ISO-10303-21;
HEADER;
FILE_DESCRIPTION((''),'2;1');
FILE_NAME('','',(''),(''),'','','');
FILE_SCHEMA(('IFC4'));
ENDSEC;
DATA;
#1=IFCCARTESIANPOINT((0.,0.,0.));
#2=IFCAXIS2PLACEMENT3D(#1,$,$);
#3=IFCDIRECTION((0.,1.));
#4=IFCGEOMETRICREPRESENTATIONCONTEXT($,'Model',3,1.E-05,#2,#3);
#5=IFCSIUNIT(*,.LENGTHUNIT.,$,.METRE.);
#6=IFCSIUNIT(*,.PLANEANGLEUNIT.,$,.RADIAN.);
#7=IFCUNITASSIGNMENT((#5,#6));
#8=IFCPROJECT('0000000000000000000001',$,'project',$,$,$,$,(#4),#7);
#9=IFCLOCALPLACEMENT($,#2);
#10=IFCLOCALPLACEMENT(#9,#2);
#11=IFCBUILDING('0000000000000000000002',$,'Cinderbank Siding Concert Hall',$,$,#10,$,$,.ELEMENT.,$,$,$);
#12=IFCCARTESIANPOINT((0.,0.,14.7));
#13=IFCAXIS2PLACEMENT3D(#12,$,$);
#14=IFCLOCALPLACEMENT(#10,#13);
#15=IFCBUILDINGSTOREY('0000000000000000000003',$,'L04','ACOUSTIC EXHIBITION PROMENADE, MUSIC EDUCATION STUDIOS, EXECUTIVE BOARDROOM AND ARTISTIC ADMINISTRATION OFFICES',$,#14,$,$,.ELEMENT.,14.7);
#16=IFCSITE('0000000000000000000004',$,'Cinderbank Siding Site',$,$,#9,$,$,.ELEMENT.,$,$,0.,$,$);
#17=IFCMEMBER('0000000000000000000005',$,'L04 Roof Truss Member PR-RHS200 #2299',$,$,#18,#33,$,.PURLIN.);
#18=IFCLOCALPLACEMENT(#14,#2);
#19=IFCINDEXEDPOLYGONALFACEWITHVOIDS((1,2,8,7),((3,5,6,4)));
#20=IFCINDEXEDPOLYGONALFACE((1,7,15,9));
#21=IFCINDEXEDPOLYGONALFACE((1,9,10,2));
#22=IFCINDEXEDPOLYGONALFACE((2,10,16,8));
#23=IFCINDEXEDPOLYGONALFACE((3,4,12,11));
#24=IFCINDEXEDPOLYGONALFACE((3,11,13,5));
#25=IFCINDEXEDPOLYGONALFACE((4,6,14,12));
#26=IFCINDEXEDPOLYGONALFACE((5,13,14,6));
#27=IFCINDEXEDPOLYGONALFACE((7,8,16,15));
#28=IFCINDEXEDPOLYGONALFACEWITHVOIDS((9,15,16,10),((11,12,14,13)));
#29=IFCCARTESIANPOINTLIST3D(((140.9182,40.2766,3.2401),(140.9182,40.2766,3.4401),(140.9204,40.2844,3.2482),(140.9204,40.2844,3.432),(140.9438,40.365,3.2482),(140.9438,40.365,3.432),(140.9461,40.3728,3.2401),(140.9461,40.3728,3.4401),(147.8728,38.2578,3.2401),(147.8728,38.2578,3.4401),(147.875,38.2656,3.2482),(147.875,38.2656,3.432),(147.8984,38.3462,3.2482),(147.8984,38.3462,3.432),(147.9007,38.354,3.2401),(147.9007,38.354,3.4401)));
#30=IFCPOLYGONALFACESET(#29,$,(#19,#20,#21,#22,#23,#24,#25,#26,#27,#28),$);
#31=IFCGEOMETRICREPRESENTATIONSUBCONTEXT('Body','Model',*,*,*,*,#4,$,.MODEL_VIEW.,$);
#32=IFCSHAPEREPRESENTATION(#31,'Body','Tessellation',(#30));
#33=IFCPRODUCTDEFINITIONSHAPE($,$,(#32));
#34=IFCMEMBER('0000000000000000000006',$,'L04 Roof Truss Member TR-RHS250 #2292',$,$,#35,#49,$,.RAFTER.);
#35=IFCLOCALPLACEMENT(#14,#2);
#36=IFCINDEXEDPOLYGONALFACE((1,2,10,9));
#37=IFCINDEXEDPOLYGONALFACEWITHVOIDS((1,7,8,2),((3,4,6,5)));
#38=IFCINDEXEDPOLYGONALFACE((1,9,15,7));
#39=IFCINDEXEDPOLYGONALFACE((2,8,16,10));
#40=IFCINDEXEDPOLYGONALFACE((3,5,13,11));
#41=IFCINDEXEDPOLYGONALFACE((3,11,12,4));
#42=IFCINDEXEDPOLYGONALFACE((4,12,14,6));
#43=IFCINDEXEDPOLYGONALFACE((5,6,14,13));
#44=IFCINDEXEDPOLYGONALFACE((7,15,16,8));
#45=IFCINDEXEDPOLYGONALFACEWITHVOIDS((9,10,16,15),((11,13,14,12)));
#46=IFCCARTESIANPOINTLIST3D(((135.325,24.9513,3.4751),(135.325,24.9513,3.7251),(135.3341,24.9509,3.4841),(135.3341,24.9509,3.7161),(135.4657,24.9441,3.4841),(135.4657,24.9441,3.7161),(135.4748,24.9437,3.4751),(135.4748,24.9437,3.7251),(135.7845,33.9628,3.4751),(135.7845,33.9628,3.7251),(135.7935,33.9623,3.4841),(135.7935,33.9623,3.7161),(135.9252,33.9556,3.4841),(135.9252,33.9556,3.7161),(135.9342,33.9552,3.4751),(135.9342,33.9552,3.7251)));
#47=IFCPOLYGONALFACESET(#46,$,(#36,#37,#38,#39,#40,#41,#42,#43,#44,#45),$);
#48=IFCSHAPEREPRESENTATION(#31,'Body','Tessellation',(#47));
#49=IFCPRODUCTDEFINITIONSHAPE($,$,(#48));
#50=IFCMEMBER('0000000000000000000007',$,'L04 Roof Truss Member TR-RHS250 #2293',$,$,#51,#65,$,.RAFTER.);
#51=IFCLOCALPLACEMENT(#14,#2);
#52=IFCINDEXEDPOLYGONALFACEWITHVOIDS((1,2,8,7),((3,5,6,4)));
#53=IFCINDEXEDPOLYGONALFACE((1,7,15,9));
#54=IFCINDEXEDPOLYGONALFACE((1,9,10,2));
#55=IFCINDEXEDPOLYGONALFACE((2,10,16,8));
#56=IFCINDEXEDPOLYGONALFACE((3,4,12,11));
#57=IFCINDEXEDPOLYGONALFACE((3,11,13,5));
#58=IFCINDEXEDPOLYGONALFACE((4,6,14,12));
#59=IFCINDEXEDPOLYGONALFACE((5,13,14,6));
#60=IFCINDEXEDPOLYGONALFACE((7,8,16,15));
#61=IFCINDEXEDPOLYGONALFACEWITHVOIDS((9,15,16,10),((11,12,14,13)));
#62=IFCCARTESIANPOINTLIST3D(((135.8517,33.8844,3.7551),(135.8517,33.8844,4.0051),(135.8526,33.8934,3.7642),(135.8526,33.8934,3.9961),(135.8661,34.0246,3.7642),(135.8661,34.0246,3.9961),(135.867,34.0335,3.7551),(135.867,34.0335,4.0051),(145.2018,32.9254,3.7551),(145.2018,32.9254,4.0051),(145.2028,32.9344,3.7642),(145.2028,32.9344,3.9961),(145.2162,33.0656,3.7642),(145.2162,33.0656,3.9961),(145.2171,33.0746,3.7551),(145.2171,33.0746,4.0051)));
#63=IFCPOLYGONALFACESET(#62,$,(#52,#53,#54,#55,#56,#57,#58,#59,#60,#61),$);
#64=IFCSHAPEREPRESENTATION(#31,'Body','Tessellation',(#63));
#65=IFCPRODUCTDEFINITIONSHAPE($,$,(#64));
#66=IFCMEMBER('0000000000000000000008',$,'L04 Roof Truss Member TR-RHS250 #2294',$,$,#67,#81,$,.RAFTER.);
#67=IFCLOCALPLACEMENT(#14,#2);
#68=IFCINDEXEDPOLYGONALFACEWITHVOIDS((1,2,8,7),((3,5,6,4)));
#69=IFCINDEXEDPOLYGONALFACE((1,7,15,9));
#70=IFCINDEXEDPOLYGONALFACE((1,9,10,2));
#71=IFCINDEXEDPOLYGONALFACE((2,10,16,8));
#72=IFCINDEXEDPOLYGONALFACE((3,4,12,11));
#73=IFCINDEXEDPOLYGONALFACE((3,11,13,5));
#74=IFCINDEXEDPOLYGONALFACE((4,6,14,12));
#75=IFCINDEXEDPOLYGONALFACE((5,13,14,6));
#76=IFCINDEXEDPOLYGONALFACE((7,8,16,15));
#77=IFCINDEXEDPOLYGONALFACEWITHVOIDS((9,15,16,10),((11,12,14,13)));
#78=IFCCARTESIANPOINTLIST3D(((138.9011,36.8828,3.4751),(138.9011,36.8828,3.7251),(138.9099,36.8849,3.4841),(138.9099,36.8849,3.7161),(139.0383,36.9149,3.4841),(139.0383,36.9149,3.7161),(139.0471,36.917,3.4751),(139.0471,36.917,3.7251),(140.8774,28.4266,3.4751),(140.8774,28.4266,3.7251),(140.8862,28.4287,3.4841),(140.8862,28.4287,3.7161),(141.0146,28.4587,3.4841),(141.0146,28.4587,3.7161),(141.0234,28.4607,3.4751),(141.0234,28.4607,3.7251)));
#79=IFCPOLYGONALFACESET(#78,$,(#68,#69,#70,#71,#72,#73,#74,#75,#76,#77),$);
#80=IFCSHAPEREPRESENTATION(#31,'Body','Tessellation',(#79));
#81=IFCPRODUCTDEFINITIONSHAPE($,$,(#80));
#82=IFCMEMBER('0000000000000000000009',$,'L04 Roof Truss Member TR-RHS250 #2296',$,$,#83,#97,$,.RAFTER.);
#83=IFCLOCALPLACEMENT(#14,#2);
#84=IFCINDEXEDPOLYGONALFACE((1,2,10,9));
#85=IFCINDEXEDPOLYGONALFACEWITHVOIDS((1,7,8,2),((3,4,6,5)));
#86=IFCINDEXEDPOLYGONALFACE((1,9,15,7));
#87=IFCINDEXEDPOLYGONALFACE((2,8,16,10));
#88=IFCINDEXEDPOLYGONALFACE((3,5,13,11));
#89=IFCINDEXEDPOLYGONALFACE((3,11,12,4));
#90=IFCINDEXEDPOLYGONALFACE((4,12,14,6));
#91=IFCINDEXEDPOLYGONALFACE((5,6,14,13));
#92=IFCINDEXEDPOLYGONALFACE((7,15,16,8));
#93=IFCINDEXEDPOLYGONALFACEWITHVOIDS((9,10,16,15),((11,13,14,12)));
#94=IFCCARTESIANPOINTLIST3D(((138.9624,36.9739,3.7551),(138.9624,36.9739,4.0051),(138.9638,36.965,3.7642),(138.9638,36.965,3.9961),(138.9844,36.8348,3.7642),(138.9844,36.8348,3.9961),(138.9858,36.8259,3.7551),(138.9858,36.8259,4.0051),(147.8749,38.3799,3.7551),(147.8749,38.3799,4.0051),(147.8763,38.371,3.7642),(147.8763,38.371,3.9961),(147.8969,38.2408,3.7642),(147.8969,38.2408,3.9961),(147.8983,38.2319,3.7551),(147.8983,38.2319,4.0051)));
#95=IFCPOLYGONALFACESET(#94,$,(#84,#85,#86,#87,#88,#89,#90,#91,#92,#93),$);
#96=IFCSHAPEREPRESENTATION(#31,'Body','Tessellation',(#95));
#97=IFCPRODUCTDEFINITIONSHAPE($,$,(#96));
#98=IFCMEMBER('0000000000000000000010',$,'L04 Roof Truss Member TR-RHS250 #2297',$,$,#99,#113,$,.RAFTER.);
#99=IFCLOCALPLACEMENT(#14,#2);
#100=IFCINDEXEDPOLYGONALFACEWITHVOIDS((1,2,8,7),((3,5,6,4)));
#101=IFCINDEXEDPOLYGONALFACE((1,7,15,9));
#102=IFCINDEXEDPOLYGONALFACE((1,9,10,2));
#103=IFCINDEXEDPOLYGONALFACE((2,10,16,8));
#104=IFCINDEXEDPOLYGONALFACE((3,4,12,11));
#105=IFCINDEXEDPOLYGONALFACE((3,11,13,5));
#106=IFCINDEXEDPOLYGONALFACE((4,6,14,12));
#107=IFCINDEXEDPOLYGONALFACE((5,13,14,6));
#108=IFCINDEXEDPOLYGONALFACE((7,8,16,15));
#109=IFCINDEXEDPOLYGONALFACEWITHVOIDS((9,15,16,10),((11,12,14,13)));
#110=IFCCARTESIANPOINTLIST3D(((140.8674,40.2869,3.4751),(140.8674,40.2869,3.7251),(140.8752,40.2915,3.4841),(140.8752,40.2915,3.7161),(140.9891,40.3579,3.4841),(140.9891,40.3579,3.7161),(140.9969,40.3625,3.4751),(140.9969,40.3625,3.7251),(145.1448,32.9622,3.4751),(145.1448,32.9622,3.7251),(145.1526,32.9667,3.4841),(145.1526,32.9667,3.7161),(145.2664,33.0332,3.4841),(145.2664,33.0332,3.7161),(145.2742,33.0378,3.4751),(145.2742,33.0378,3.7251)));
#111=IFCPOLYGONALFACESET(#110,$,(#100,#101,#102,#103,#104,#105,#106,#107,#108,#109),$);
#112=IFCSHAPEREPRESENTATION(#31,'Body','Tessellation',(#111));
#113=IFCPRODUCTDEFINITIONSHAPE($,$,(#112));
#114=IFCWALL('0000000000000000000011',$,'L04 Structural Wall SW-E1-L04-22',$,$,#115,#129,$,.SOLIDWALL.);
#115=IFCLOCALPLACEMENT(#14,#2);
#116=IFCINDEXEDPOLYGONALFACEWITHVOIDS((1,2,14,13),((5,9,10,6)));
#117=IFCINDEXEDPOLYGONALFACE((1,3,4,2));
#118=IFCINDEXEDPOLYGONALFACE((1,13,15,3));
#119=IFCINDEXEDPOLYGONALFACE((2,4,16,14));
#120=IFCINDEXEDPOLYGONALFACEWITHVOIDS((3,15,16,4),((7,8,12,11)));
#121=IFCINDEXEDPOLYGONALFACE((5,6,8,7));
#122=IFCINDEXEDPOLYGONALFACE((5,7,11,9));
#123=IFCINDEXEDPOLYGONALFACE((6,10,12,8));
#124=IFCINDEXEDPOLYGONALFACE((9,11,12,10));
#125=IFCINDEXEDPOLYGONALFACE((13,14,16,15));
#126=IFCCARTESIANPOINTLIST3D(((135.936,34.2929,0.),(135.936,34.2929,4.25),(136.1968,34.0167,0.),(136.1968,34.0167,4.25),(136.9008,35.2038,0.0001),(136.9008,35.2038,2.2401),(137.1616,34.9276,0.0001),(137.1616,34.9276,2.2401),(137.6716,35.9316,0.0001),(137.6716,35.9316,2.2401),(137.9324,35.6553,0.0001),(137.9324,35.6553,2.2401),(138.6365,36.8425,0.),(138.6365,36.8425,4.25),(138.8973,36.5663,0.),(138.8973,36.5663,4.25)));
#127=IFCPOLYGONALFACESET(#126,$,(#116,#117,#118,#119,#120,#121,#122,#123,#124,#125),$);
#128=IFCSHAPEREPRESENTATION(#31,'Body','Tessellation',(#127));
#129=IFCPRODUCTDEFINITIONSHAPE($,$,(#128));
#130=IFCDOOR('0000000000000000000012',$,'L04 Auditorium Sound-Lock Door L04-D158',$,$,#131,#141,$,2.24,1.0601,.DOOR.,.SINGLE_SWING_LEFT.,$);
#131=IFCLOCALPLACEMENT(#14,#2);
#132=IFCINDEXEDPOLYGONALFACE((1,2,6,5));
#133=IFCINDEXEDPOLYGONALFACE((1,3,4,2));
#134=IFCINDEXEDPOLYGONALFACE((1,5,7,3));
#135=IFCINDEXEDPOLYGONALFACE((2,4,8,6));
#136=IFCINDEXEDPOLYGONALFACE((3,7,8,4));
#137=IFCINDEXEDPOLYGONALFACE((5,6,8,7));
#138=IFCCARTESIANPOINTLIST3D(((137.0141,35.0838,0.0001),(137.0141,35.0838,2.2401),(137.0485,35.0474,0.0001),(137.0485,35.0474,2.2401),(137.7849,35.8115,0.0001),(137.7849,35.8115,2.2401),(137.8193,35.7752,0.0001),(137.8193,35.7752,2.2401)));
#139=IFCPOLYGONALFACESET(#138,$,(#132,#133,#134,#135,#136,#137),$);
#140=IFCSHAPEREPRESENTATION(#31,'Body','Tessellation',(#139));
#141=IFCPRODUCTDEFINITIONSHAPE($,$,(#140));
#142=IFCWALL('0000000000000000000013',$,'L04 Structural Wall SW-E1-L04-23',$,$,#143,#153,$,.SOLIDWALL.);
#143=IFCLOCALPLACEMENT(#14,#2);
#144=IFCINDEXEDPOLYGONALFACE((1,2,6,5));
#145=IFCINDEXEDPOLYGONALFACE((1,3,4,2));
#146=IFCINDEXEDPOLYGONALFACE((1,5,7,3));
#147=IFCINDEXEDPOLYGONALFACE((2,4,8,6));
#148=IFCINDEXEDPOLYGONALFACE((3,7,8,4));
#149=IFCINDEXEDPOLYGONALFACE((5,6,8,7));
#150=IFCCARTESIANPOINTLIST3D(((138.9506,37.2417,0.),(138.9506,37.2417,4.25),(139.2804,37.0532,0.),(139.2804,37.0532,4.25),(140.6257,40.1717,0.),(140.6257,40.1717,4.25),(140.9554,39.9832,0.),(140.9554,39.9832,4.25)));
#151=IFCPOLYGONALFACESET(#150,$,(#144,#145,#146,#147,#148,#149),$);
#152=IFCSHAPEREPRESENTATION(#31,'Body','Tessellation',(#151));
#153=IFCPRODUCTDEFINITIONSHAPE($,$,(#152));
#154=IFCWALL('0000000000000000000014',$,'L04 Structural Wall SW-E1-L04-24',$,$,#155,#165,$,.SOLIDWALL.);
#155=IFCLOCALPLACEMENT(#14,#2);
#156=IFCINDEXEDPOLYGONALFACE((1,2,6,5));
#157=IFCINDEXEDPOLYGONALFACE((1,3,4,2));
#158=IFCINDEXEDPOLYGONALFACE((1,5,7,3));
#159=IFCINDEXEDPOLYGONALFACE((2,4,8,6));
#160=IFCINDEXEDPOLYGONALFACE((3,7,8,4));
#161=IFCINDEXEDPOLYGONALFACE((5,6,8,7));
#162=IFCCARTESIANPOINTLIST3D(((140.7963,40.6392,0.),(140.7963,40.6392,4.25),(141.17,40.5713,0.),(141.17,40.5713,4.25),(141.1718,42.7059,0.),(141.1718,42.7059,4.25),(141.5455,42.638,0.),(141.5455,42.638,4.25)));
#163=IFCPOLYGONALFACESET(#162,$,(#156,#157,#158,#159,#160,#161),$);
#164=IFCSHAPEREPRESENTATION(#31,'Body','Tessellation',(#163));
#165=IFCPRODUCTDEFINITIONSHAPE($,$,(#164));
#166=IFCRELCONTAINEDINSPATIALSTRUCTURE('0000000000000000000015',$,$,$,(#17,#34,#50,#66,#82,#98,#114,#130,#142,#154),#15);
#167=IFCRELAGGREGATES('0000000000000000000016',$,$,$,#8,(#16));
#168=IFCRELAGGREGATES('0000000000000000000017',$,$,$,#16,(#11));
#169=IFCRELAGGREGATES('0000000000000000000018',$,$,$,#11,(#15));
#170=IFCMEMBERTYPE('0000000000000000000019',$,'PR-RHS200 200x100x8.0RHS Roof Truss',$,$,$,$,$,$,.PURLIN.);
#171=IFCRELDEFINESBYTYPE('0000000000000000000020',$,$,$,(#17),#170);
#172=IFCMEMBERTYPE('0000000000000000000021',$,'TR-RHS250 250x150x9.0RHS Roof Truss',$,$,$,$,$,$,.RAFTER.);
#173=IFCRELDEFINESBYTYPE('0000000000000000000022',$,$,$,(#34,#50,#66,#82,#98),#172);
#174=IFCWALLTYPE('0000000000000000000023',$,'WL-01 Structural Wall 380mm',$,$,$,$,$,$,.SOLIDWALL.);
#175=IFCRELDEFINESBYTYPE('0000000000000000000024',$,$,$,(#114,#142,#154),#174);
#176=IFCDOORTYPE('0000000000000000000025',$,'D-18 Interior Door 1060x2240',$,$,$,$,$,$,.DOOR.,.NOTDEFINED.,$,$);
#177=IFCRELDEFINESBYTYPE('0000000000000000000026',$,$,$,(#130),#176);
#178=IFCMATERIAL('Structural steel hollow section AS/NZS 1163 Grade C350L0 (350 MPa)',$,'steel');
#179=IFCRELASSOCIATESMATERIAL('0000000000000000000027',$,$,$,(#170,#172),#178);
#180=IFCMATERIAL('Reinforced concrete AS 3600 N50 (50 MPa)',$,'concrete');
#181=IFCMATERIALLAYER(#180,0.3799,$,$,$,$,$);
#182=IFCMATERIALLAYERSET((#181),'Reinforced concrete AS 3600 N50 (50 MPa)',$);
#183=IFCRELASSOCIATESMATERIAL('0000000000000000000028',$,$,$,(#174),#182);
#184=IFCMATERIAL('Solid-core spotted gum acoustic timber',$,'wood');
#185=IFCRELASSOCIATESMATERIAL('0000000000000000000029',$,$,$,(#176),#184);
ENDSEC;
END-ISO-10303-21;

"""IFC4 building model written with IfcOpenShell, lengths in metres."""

from ifc_helpers import new_model, si_unit, direction, frame, frame_2d, origin, origin_2d, place, context, subcontext, project, spatial, rectangle, hollow_rectangle, extrude, material, layer, layer_set, material_profile, profile_set, type_object, element, fill, save


model = new_model("IFC4")

# Units and contexts
model_context = context("Model", 3, precision=1e-05, world=origin(), true_north=direction((0.0, 1.0)))
body_context = subcontext(model_context, "Body", "Model", "MODEL_VIEW")
ifc_project = project(units=[si_unit("LENGTHUNIT", "METRE"), si_unit("PLANEANGLEUNIT", "RADIAN")], contexts=[model_context])

# Site, building, storey
site_placement = place(None, origin())
site = spatial("IfcSite", under=ifc_project, at=site_placement, Name="Cinderbank Siding Site", CompositionType="ELEMENT", RefElevation=0.0)
building_placement = place(site_placement, origin())
building = spatial("IfcBuilding", under=site, at=building_placement, Name="Cinderbank Siding Concert Hall", CompositionType="ELEMENT")
storey_placement = place(building_placement, frame((0.0, 0.0, 14.7)))
storey = spatial("IfcBuildingStorey", under=building, at=storey_placement, Name="L04", Description="ACOUSTIC EXHIBITION PROMENADE, MUSIC EDUCATION STUDIOS, EXECUTIVE BOARDROOM AND ARTISTIC ADMINISTRATION OFFICES", CompositionType="ELEMENT", Elevation=14.7)

# Shared definitions
ifc_material_1 = material(Name="Reinforced concrete AS 3600 N50 (50 MPa)", Category="concrete")

# Members
ifc_material_2 = material(Name="Structural steel hollow section AS/NZS 1163 Grade C350L0 (350 MPa)", Category="steel")
ifc_material_profile_1 = material_profile(ifc_material_2, hollow_rectangle(XDim=0.1001, YDim=0.2, WallThickness=0.0081, at=origin_2d()), Name="200x100x8.0RHS", Category="LoadBearing")
ifc_profile_set_1 = profile_set([ifc_material_profile_1], Name="Structural steel hollow section AS/NZS 1163 Grade C350L0 (350 MPa)")
member_type_1 = type_object("IfcMemberType", Name="PR-RHS200 200x100x8.0RHS Roof Truss", PredefinedType="PURLIN", material=ifc_profile_set_1)
member_1_placement = place(storey_placement, frame((140.9321, 40.3247, 3.3401), z_axis=(0.960356, -0.278775, 0.0), x_axis=(0.278775, 0.960356, 0.0)))
element("IfcMember", 1, at=member_1_placement, inside=storey, type_object=member_type_1, Name="L04 Roof Truss Member PR-RHS200 #2299", PredefinedType="PURLIN", context=body_context, shape_type="SweptSolid", body=[
    extrude(hollow_rectangle(XDim=0.1001, YDim=0.2, WallThickness=0.0081, at=origin_2d()), origin(), (0.0, 0.0, 1.0), 7.2417),
])
ifc_material_profile_2 = material_profile(ifc_material_2, hollow_rectangle(XDim=0.1499, YDim=0.25, WallThickness=0.009, at=origin_2d()), Name="250x150x9.0RHS", Category="LoadBearing")
ifc_profile_set_2 = profile_set([ifc_material_profile_2], Name="Structural steel hollow section AS/NZS 1163 Grade C350L0 (350 MPa)")
member_type_2 = type_object("IfcMemberType", Name="TR-RHS250 250x150x9.0RHS Roof Truss", PredefinedType="RAFTER", material=ifc_profile_set_2)
member_2_placement = place(storey_placement, frame((135.8594, 33.959, 3.6001), z_axis=(-0.050921, -0.998703, 0.0), x_axis=(0.998703, -0.050921, 0.0)))
element("IfcMember", 2, at=member_2_placement, inside=storey, type_object=member_type_2, Name="L04 Roof Truss Member TR-RHS250 #2292", PredefinedType="RAFTER", context=body_context, shape_type="SweptSolid", body=[
    extrude(hollow_rectangle(XDim=0.1499, YDim=0.25, WallThickness=0.009, at=origin_2d()), origin(), (0.0, 0.0, 1.0), 9.0232),
])
member_3_placement = place(storey_placement, frame((135.8594, 33.959, 3.8801), z_axis=(0.994781, -0.102029, 0.0), x_axis=(0.102029, 0.994781, 0.0)))
element("IfcMember", 3, at=member_3_placement, inside=storey, type_object=member_type_2, Name="L04 Roof Truss Member TR-RHS250 #2293", PredefinedType="RAFTER", context=body_context, shape_type="SweptSolid", body=[
    extrude(hollow_rectangle(XDim=0.1499, YDim=0.25, WallThickness=0.009, at=origin_2d()), origin(), (0.0, 0.0, 1.0), 9.3992),
])
member_4_placement = place(storey_placement, frame((138.9741, 36.8999, 3.6001), z_axis=(0.227577, -0.97376, 0.0), x_axis=(0.97376, 0.227577, 0.0)))
element("IfcMember", 4, at=member_4_placement, inside=storey, type_object=member_type_2, Name="L04 Roof Truss Member TR-RHS250 #2294", PredefinedType="RAFTER", context=body_context, shape_type="SweptSolid", body=[
    extrude(hollow_rectangle(XDim=0.1499, YDim=0.25, WallThickness=0.009, at=origin_2d()), origin(), (0.0, 0.0, 1.0), 8.6841),
])
member_5_placement = place(storey_placement, frame((138.9741, 36.8999, 3.8801), z_axis=(0.987784, 0.155828, 0.0), x_axis=(-0.155828, 0.987784, 0.0)))
element("IfcMember", 5, at=member_5_placement, inside=storey, type_object=member_type_2, Name="L04 Roof Truss Member TR-RHS250 #2296", PredefinedType="RAFTER", context=body_context, shape_type="SweptSolid", body=[
    extrude(hollow_rectangle(XDim=0.1499, YDim=0.25, WallThickness=0.009, at=origin_2d()), origin(), (0.0, 0.0, 1.0), 9.0227),
])
member_6_placement = place(storey_placement, frame((140.9321, 40.3247, 3.6001), z_axis=(0.504275, -0.863543, 0.0), x_axis=(0.863543, 0.504275, 0.0)))
element("IfcMember", 6, at=member_6_placement, inside=storey, type_object=member_type_2, Name="L04 Roof Truss Member TR-RHS250 #2297", PredefinedType="RAFTER", context=body_context, shape_type="SweptSolid", body=[
    extrude(hollow_rectangle(XDim=0.1499, YDim=0.25, WallThickness=0.009, at=origin_2d()), origin(), (0.0, 0.0, 1.0), 8.4822),
])

# Wall, opening, door
ifc_layer_1 = layer(ifc_material_1, 0.3799)
ifc_layer_set_1 = layer_set([ifc_layer_1], Name="Reinforced concrete AS 3600 N50 (50 MPa)")
wall_type_1 = type_object("IfcWallType", Name="WL-01 Structural Wall 380mm", PredefinedType="SOLIDWALL", material=ifc_layer_set_1)
wall_1_placement = place(storey_placement, frame((136.0664, 34.1548, 0.0), z_axis=(0.0, 0.0, 1.0), x_axis=(0.727128, 0.686502, 0.0)))
wall_1 = element("IfcWall", 7, at=wall_1_placement, inside=storey, type_object=wall_type_1, Name="L04 Structural Wall SW-E1-L04-22", PredefinedType="SOLIDWALL", context=body_context, shape_type="SweptSolid", body=[
    extrude(rectangle(XDim=3.7139, YDim=0.3799, at=frame_2d((1.8569, 0.0))), origin(), (0.0, 0.0, 1.0), 4.25),
])
opening_1_placement = place(wall_1_placement, frame((1.3269, 0.0, 0.0)))
opening_1 = element("IfcOpeningElement", 8, at=opening_1_placement, cuts=wall_1, PredefinedType="OPENING", context=body_context, shape_type="SweptSolid", body=[
    extrude(rectangle(XDim=1.0601, YDim=2.24, at=frame_2d((0.53, 1.1201))), frame((0.0, 0.2019, 0.0), z_axis=(0.0, -1.0, 0.0), x_axis=(1.0, 0.0, 0.0)), (0.0, 0.0, 1.0), 0.4038),
])
ifc_material_3 = material(Name="Solid-core spotted gum acoustic timber", Category="wood")
door_type_1 = type_object("IfcDoorType", Name="D-18 Interior Door 1060x2240", OperationType="NOTDEFINED", PredefinedType="DOOR", material=ifc_material_3)
door_1_placement = place(opening_1_placement, origin())
door_1 = element("IfcDoor", 9, at=door_1_placement, inside=storey, type_object=door_type_1, Name="L04 Auditorium Sound-Lock Door L04-D158", OperationType="SINGLE_SWING_LEFT", OverallHeight=2.24, OverallWidth=1.0601, PredefinedType="DOOR", context=body_context, shape_type="SweptSolid", body=[
    extrude(rectangle(XDim=1.0601, YDim=2.24, at=frame_2d((0.53, 1.1201))), frame((0.0, 0.0249, 0.0), z_axis=(0.0, -1.0, 0.0), x_axis=(1.0, 0.0, 0.0)), (0.0, 0.0, 1.0), 0.05),
])
fill(opening_1, door_1)

# Walls
wall_2_placement = place(storey_placement, frame((139.1155, 37.1475, 0.0), z_axis=(0.0, 0.0, 1.0), x_axis=(0.496318, 0.868141, 0.0)))
element("IfcWall", 10, at=wall_2_placement, inside=storey, type_object=wall_type_1, Name="L04 Structural Wall SW-E1-L04-23", PredefinedType="SOLIDWALL", context=body_context, shape_type="SweptSolid", body=[
    extrude(rectangle(XDim=3.375, YDim=0.3799, at=frame_2d((1.6875, 0.0))), origin(), (0.0, 0.0, 1.0), 4.25),
])
wall_3_placement = place(storey_placement, frame((140.9832, 40.6052, 0.0), z_axis=(0.0, 0.0, 1.0), x_axis=(0.178763, 0.983892, 0.0)))
element("IfcWall", 11, at=wall_3_placement, inside=storey, type_object=wall_type_1, Name="L04 Structural Wall SW-E1-L04-24", PredefinedType="SOLIDWALL", context=body_context, shape_type="SweptSolid", body=[
    extrude(rectangle(XDim=2.1006, YDim=0.3799, at=frame_2d((1.0503, 0.0))), origin(), (0.0, 0.0, 1.0), 4.25),
])

save(model, "model.ifc")
